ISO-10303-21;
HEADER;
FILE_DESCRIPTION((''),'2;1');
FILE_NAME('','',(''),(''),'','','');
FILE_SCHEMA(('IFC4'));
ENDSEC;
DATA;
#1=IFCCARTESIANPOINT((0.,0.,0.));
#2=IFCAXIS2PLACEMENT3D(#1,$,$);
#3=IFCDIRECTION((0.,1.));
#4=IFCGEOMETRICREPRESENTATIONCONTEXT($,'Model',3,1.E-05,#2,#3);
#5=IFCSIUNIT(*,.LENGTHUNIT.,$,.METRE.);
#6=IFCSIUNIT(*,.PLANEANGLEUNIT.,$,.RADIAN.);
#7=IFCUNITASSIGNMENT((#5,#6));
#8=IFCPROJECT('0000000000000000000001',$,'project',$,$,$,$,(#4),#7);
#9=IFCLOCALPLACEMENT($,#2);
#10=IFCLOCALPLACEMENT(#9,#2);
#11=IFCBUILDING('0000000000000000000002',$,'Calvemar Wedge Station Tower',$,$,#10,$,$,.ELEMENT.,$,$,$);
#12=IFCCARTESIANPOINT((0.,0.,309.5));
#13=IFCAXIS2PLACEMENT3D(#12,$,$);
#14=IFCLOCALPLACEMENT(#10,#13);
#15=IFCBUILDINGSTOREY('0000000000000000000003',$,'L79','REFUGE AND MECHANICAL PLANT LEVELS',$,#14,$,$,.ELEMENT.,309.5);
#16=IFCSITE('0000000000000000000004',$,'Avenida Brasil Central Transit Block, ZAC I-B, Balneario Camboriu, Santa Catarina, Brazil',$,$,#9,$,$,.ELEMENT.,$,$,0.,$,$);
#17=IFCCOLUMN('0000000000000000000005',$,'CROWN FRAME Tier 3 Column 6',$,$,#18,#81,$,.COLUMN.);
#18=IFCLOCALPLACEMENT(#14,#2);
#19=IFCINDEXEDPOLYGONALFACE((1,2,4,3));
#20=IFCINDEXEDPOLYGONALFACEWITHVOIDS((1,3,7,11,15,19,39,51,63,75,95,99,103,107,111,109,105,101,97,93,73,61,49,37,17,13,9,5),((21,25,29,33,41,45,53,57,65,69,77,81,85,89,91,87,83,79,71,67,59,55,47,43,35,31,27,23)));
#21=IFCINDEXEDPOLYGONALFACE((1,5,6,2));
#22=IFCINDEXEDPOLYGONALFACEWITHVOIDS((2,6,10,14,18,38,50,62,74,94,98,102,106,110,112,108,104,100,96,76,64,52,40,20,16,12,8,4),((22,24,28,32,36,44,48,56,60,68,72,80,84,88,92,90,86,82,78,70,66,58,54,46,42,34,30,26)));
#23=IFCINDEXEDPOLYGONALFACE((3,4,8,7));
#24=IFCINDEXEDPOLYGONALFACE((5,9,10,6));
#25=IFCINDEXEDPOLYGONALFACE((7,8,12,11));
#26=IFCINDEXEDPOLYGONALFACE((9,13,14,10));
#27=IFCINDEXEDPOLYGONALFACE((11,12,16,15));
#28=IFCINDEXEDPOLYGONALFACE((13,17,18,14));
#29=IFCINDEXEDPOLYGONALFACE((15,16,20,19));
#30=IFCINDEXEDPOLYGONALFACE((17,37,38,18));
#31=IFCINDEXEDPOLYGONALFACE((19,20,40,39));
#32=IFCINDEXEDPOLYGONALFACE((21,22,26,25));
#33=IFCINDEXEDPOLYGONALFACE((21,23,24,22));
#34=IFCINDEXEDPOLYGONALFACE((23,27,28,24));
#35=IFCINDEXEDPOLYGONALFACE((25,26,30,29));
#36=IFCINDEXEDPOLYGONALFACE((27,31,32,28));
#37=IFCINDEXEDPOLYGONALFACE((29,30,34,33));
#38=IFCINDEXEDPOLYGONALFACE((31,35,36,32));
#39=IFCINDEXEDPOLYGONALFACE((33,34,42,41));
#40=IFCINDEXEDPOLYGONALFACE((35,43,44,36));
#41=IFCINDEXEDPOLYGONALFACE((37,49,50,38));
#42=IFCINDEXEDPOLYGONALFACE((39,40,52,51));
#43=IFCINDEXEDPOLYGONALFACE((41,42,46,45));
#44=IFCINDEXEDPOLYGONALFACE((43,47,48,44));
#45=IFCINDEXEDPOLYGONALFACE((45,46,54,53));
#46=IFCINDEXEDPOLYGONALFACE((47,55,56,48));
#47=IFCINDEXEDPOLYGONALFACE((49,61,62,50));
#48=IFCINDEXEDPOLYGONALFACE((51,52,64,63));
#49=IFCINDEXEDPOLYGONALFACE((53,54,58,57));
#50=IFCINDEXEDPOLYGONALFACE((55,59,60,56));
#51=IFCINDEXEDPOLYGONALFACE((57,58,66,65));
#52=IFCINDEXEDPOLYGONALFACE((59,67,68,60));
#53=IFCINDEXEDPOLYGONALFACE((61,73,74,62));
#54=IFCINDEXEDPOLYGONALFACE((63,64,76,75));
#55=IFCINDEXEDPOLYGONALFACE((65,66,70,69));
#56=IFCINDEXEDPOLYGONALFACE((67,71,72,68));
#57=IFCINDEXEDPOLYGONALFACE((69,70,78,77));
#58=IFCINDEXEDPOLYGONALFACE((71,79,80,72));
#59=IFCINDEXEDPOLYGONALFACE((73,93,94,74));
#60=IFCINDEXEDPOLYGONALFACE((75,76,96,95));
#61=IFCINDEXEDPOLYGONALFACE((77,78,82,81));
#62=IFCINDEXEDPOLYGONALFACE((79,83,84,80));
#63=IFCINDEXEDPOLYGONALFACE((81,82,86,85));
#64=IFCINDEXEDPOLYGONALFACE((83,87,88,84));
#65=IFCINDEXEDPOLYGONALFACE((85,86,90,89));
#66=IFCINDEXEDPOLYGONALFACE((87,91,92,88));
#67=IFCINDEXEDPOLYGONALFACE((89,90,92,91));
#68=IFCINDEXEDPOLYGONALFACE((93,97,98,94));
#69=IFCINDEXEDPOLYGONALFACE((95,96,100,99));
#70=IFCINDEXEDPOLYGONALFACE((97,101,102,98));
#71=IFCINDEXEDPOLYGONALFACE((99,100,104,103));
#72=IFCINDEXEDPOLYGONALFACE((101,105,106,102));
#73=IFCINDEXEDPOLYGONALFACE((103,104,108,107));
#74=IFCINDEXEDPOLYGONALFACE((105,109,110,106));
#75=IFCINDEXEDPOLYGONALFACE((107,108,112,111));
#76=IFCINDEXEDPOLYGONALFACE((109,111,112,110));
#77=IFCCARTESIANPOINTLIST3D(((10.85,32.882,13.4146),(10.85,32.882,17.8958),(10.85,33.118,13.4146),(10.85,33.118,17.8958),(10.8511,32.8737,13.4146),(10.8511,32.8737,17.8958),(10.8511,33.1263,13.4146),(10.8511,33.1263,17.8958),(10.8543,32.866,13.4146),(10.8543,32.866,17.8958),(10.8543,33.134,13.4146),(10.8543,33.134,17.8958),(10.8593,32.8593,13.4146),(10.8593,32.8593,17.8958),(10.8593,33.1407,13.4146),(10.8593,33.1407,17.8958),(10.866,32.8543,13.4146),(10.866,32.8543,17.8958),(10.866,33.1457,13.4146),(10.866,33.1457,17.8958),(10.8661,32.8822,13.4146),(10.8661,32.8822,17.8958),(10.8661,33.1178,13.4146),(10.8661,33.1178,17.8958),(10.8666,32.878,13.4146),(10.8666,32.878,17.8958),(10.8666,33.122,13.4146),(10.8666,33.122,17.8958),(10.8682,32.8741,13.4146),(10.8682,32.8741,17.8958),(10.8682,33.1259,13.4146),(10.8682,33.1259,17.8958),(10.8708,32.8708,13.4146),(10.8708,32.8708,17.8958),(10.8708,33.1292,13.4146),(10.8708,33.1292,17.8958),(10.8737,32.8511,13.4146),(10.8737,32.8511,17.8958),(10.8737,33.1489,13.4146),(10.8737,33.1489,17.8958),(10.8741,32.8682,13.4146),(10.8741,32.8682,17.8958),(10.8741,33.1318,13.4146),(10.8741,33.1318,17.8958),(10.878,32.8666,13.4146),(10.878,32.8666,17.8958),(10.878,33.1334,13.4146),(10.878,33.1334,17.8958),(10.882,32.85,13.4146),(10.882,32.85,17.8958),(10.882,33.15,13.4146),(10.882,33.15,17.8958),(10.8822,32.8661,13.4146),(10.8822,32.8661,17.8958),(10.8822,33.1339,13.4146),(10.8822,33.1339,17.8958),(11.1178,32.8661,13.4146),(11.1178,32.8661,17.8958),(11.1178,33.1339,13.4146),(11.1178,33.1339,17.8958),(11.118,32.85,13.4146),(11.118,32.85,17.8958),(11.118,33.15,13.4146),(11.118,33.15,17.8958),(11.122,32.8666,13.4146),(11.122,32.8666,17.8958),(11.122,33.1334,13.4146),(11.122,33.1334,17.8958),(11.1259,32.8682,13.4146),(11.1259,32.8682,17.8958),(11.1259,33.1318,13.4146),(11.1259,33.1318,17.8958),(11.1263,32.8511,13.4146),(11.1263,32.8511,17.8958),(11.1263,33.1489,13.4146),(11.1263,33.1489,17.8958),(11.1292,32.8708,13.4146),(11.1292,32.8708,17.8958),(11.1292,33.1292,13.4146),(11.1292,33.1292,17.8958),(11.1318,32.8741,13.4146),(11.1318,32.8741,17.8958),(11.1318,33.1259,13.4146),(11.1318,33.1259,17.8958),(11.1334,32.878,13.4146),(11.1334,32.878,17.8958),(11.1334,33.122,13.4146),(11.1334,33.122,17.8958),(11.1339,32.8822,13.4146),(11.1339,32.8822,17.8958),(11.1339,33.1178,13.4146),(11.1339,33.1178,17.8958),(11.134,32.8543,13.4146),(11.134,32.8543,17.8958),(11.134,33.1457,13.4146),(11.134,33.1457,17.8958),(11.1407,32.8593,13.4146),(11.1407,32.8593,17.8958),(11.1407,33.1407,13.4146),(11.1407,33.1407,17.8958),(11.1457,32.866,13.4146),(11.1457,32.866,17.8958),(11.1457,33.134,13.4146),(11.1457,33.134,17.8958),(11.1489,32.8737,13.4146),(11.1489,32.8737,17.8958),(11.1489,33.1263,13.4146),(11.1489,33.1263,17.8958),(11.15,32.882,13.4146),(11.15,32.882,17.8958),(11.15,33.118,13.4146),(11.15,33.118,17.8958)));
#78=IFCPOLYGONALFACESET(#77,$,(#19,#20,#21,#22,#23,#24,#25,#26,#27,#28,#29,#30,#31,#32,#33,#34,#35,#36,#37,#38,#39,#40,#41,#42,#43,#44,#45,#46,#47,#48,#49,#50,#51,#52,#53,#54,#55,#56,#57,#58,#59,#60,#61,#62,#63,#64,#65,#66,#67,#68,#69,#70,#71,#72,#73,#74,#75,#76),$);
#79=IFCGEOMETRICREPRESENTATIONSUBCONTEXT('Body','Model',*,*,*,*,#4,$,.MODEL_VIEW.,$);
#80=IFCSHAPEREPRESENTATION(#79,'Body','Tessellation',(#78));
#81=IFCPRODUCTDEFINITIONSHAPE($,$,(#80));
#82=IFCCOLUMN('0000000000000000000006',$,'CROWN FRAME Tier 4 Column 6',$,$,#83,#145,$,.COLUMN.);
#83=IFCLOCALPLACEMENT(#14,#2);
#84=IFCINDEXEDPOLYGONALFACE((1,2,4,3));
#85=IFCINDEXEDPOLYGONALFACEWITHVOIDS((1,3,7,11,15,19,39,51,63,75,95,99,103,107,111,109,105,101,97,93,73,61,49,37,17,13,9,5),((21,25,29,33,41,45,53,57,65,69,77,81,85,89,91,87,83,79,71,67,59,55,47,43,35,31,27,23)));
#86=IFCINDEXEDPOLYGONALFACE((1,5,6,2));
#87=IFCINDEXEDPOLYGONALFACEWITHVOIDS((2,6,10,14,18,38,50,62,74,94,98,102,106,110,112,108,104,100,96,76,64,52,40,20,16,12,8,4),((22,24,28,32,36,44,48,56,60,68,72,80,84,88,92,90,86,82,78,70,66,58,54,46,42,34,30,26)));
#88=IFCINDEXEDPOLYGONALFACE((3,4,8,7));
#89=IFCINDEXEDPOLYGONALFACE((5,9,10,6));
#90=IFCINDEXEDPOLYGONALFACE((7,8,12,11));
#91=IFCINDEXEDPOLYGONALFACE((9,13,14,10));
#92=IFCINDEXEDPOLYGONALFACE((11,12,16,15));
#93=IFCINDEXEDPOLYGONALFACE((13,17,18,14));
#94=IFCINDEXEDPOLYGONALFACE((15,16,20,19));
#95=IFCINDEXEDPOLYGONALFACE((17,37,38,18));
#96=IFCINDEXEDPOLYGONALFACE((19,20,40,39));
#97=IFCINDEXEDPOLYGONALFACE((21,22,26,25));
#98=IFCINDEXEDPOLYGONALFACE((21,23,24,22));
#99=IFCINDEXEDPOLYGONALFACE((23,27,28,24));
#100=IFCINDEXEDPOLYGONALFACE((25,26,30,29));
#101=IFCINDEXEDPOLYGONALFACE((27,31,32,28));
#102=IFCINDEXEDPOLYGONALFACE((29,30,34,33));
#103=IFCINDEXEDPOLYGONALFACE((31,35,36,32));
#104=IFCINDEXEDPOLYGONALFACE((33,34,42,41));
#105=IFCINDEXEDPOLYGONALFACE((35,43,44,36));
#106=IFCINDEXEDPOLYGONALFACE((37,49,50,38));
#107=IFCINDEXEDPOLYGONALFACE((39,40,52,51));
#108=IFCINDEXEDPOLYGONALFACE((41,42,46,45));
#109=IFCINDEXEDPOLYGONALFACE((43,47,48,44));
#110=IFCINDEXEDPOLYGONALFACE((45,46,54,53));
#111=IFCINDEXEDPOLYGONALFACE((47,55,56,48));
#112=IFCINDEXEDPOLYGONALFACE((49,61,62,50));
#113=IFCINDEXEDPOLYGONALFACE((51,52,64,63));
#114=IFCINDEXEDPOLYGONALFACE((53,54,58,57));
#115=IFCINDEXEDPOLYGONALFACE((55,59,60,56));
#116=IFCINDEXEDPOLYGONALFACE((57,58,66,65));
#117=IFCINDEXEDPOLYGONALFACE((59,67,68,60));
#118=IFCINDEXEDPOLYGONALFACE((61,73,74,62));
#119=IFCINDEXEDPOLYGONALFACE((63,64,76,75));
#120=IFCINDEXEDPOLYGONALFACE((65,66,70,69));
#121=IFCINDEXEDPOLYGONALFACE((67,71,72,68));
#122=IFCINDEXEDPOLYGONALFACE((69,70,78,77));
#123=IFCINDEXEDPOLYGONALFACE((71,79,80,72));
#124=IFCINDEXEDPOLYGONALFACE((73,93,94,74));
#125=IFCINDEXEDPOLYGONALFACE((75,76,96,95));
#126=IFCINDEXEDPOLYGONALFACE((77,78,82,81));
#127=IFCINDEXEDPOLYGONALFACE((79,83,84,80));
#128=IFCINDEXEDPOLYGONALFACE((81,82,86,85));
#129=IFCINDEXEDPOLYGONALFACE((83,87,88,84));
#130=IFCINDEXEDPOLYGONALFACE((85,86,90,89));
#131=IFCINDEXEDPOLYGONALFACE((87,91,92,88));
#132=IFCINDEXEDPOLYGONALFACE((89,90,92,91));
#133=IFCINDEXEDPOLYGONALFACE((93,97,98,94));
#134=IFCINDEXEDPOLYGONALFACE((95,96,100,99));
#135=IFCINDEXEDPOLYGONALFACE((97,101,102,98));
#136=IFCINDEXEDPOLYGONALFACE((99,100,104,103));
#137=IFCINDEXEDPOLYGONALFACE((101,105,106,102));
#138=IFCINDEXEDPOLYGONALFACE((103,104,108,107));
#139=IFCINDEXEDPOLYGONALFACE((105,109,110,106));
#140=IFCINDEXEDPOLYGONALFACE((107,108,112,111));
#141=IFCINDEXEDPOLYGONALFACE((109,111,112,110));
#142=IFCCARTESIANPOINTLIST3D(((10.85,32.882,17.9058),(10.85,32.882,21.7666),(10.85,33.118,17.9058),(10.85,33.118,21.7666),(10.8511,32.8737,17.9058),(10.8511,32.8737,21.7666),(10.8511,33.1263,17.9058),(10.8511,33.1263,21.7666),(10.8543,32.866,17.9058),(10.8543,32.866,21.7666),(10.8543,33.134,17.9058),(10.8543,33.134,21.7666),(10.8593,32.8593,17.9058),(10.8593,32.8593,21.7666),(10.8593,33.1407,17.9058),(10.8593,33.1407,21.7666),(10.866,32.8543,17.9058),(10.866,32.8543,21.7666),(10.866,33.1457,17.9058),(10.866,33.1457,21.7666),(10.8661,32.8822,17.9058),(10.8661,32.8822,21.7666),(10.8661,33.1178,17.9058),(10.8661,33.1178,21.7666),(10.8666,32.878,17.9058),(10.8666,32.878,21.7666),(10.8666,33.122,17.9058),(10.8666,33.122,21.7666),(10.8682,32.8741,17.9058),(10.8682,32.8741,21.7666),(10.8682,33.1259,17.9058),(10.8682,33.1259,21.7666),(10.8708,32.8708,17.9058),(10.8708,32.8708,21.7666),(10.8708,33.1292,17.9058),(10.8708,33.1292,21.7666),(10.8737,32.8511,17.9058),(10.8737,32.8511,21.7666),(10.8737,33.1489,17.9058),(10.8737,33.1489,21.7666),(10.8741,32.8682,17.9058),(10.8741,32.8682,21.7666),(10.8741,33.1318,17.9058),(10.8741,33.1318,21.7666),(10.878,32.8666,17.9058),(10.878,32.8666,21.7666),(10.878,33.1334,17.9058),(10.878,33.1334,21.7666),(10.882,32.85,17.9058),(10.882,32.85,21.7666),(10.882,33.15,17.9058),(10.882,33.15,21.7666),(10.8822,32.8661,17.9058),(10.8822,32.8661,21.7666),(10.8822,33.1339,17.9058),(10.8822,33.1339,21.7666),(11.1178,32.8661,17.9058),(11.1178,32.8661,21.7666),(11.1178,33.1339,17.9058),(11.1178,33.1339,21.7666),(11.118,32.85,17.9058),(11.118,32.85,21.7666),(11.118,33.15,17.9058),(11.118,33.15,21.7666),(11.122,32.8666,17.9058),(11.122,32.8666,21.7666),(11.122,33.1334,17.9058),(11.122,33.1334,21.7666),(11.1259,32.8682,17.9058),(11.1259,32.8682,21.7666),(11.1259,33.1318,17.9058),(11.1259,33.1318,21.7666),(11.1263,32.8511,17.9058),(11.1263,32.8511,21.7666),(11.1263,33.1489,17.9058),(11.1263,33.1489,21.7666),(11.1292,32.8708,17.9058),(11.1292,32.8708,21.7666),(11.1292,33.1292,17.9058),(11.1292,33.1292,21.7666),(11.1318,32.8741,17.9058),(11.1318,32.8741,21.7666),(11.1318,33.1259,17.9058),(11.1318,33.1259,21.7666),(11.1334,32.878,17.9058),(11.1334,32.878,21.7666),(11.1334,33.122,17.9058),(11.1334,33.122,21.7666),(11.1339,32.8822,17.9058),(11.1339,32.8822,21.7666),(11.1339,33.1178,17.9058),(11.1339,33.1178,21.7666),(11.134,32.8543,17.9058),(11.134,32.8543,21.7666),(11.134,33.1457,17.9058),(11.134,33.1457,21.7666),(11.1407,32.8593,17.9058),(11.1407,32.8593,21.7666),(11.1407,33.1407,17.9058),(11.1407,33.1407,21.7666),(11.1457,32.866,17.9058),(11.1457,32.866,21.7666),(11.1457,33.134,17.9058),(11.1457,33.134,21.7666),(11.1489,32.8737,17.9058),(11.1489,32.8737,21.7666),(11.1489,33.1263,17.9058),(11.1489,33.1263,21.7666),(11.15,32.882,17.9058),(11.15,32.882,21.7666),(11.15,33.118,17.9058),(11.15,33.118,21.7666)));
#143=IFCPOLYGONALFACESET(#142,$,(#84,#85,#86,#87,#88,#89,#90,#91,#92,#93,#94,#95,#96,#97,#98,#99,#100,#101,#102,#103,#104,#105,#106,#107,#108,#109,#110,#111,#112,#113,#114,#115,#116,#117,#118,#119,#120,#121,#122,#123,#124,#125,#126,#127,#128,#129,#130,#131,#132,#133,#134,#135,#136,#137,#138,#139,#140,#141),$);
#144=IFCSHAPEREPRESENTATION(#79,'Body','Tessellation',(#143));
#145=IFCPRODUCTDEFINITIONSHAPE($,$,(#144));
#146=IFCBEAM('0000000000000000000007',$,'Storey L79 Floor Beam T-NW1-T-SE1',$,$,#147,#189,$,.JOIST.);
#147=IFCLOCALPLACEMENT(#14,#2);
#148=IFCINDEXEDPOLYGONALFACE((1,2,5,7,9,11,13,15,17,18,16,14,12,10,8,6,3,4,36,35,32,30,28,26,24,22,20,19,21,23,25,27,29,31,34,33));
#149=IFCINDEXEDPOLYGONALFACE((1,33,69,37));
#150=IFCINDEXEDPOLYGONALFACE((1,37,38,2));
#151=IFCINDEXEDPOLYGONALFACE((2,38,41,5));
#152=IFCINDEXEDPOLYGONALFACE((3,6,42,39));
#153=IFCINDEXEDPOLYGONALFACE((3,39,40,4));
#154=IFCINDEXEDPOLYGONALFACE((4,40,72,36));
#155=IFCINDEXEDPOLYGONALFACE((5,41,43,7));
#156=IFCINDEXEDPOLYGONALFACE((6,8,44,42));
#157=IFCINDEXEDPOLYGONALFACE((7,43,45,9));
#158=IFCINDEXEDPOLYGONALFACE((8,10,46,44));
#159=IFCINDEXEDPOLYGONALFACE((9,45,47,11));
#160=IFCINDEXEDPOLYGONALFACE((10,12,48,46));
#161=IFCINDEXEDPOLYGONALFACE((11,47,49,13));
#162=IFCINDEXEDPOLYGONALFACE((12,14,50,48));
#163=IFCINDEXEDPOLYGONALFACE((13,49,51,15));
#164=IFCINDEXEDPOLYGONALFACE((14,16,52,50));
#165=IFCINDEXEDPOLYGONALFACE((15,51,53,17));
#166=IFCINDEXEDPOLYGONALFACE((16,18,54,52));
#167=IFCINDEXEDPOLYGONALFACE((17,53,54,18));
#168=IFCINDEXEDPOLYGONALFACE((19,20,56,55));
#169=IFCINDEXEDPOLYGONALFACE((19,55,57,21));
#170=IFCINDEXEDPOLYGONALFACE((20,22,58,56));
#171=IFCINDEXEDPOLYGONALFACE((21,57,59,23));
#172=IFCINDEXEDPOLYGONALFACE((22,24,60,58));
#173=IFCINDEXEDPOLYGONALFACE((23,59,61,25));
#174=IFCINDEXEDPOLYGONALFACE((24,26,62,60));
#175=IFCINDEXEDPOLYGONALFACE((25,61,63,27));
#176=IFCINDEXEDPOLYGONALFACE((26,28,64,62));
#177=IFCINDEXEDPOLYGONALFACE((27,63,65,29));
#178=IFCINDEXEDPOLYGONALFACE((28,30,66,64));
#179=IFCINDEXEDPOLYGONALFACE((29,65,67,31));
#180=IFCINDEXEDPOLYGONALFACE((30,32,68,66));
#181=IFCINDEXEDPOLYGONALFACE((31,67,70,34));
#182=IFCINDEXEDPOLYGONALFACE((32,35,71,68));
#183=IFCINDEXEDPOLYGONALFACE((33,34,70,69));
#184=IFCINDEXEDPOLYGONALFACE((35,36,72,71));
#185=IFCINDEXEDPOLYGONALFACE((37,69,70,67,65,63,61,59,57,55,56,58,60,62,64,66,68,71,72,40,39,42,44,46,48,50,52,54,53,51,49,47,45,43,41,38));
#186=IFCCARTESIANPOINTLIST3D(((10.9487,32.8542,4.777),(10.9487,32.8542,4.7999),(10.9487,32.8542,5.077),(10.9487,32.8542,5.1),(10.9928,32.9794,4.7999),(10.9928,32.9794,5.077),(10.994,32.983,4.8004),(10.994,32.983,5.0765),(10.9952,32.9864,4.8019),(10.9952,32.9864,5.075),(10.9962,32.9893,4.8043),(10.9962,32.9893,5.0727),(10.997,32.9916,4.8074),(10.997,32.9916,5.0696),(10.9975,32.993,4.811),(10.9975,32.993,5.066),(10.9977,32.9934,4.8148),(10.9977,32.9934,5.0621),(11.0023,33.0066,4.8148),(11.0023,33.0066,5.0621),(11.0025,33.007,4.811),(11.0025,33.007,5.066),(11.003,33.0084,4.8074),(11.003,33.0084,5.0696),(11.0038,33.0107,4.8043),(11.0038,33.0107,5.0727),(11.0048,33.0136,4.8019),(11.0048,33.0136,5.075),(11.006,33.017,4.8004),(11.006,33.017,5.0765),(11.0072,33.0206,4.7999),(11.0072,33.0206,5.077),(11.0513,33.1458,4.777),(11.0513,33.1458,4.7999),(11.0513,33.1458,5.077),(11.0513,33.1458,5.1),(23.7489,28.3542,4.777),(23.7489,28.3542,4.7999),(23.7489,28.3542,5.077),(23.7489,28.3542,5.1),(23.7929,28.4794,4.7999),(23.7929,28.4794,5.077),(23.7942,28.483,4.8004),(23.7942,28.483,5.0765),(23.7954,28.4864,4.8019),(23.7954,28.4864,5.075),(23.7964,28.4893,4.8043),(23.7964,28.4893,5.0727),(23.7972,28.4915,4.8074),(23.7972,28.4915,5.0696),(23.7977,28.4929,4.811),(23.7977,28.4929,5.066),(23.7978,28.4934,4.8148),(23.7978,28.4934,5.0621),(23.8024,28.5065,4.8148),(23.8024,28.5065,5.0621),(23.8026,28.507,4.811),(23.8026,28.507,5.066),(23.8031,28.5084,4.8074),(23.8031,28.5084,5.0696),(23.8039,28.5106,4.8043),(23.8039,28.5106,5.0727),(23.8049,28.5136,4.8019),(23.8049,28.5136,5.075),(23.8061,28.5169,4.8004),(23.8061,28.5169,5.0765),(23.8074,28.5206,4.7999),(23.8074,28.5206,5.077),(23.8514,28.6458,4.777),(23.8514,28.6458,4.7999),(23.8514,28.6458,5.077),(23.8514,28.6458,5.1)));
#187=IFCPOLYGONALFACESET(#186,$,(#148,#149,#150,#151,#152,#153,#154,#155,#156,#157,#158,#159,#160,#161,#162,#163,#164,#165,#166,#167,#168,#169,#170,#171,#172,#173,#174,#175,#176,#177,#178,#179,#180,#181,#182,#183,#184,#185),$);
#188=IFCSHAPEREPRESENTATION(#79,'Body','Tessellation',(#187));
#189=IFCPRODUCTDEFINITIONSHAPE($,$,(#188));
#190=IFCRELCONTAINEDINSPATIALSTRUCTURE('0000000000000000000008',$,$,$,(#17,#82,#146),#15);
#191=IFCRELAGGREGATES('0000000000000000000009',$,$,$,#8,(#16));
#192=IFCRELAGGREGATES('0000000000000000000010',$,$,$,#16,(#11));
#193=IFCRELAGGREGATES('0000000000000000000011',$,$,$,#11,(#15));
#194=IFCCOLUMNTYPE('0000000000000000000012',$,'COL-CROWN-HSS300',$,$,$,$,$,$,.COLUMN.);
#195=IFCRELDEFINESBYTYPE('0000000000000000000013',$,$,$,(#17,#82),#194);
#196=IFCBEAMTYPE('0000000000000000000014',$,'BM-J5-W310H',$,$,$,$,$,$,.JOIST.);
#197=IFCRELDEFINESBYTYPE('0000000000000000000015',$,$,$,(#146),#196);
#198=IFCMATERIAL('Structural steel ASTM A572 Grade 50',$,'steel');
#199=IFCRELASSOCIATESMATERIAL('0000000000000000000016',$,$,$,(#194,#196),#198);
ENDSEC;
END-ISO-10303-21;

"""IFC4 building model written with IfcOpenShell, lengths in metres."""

from ifc_helpers import new_model, si_unit, direction, frame, origin, origin_2d, place, context, subcontext, project, spatial, hollow_rectangle, i_section, extrude, source, transform, mapped, material, material_profile, profile_set, type_object, element, save


model = new_model("IFC4")

# Units and contexts
model_context = context("Model", 3, precision=1e-05, world=origin(), true_north=direction((0.0, 1.0)))
body_context = subcontext(model_context, "Body", "Model", "MODEL_VIEW")
ifc_project = project(units=[si_unit("LENGTHUNIT", "METRE"), si_unit("PLANEANGLEUNIT", "RADIAN")], contexts=[model_context])

# Site, building, storey
site_placement = place(None, origin())
site = spatial("IfcSite", under=ifc_project, at=site_placement, Name="Avenida Brasil Central Transit Block, ZAC I-B, Balneario Camboriu, Santa Catarina, Brazil", CompositionType="ELEMENT", RefElevation=0.0)
building_placement = place(site_placement, origin())
building = spatial("IfcBuilding", under=site, at=building_placement, Name="Calvemar Wedge Station Tower", CompositionType="ELEMENT")
storey_placement = place(building_placement, frame((0.0, 0.0, 309.5)))
storey = spatial("IfcBuildingStorey", under=building, at=storey_placement, Name="L79", Description="REFUGE AND MECHANICAL PLANT LEVELS", CompositionType="ELEMENT", Elevation=309.5)

# Columns
ifc_material_1 = material(Name="Structural steel ASTM A572 Grade 50", Category="steel")
ifc_material_profile_1 = material_profile(ifc_material_1, hollow_rectangle(XDim=0.3, YDim=0.3, WallThickness=0.0161, InnerFilletRadius=0.0161, OuterFilletRadius=0.032, at=origin_2d()), Name="HSS300x300x16")
ifc_profile_set_1 = profile_set([ifc_material_profile_1], Name="Structural steel ASTM A572 Grade 50")
column_type_1 = type_object("IfcColumnType", Name="COL-CROWN-HSS300", PredefinedType="COLUMN", material=ifc_profile_set_1)
shared_shape_1 = source(origin(), body_context, "Body", "SweptSolid", [
    extrude(hollow_rectangle(XDim=0.3, YDim=0.3, WallThickness=0.0161, InnerFilletRadius=0.0161, OuterFilletRadius=0.032, at=origin_2d()), origin(), (0.0, 0.0, 1.0), 4.4812),
])
column_1_placement = place(storey_placement, frame((11.0, 33.0, 13.4146), z_axis=(0.0, 0.0, 1.0), x_axis=(1.0, 0.0, 0.0)))
element("IfcColumn", 1, at=column_1_placement, inside=storey, type_object=column_type_1, Name="CROWN FRAME Tier 3 Column 6", PredefinedType="COLUMN", context=body_context, shape_type="MappedRepresentation", body=[
    mapped(shared_shape_1, transform((0.0, 0.0, 0.0), scale=1.0)),
])
shared_shape_2 = source(origin(), body_context, "Body", "SweptSolid", [
    extrude(hollow_rectangle(XDim=0.3, YDim=0.3, WallThickness=0.0161, InnerFilletRadius=0.0161, OuterFilletRadius=0.032, at=origin_2d()), origin(), (0.0, 0.0, 1.0), 3.8608),
])
column_2_placement = place(storey_placement, frame((11.0, 33.0, 17.9058), z_axis=(0.0, 0.0, 1.0), x_axis=(1.0, 0.0, 0.0)))
element("IfcColumn", 2, at=column_2_placement, inside=storey, type_object=column_type_1, Name="CROWN FRAME Tier 4 Column 6", PredefinedType="COLUMN", context=body_context, shape_type="MappedRepresentation", body=[
    mapped(shared_shape_2, transform((0.0, 0.0, 0.0), scale=1.0)),
])

# Beam
ifc_material_profile_2 = material_profile(ifc_material_1, i_section(OverallWidth=0.3091, OverallDepth=0.323, WebThickness=0.0139, FlangeThickness=0.0229, FilletRadius=0.0149, at=origin_2d()), Name="W310x143")
ifc_profile_set_2 = profile_set([ifc_material_profile_2], Name="Structural steel ASTM A572 Grade 50")
beam_type_1 = type_object("IfcBeamType", Name="BM-J5-W310H", PredefinedType="JOIST", material=ifc_profile_set_2)
shared_shape_3 = source(origin(), body_context, "Body", "SweptSolid", [
    extrude(i_section(OverallWidth=0.3091, OverallDepth=0.323, WebThickness=0.0139, FlangeThickness=0.0229, FilletRadius=0.0149, at=origin_2d()), origin(), (0.0, 0.0, 1.0), 13.5681),
])
beam_1_placement = place(storey_placement, frame((11.0, 33.0, 4.9385), z_axis=(0.943398, -0.331662, 0.0), x_axis=(0.331662, 0.943398, 0.0)))
element("IfcBeam", 3, at=beam_1_placement, inside=storey, type_object=beam_type_1, Name="Storey L79 Floor Beam T-NW1-T-SE1", PredefinedType="JOIST", context=body_context, shape_type="MappedRepresentation", body=[
    mapped(shared_shape_3, transform((0.0, 0.0, 0.0), scale=1.0)),
])

save(model, "model.ifc")
